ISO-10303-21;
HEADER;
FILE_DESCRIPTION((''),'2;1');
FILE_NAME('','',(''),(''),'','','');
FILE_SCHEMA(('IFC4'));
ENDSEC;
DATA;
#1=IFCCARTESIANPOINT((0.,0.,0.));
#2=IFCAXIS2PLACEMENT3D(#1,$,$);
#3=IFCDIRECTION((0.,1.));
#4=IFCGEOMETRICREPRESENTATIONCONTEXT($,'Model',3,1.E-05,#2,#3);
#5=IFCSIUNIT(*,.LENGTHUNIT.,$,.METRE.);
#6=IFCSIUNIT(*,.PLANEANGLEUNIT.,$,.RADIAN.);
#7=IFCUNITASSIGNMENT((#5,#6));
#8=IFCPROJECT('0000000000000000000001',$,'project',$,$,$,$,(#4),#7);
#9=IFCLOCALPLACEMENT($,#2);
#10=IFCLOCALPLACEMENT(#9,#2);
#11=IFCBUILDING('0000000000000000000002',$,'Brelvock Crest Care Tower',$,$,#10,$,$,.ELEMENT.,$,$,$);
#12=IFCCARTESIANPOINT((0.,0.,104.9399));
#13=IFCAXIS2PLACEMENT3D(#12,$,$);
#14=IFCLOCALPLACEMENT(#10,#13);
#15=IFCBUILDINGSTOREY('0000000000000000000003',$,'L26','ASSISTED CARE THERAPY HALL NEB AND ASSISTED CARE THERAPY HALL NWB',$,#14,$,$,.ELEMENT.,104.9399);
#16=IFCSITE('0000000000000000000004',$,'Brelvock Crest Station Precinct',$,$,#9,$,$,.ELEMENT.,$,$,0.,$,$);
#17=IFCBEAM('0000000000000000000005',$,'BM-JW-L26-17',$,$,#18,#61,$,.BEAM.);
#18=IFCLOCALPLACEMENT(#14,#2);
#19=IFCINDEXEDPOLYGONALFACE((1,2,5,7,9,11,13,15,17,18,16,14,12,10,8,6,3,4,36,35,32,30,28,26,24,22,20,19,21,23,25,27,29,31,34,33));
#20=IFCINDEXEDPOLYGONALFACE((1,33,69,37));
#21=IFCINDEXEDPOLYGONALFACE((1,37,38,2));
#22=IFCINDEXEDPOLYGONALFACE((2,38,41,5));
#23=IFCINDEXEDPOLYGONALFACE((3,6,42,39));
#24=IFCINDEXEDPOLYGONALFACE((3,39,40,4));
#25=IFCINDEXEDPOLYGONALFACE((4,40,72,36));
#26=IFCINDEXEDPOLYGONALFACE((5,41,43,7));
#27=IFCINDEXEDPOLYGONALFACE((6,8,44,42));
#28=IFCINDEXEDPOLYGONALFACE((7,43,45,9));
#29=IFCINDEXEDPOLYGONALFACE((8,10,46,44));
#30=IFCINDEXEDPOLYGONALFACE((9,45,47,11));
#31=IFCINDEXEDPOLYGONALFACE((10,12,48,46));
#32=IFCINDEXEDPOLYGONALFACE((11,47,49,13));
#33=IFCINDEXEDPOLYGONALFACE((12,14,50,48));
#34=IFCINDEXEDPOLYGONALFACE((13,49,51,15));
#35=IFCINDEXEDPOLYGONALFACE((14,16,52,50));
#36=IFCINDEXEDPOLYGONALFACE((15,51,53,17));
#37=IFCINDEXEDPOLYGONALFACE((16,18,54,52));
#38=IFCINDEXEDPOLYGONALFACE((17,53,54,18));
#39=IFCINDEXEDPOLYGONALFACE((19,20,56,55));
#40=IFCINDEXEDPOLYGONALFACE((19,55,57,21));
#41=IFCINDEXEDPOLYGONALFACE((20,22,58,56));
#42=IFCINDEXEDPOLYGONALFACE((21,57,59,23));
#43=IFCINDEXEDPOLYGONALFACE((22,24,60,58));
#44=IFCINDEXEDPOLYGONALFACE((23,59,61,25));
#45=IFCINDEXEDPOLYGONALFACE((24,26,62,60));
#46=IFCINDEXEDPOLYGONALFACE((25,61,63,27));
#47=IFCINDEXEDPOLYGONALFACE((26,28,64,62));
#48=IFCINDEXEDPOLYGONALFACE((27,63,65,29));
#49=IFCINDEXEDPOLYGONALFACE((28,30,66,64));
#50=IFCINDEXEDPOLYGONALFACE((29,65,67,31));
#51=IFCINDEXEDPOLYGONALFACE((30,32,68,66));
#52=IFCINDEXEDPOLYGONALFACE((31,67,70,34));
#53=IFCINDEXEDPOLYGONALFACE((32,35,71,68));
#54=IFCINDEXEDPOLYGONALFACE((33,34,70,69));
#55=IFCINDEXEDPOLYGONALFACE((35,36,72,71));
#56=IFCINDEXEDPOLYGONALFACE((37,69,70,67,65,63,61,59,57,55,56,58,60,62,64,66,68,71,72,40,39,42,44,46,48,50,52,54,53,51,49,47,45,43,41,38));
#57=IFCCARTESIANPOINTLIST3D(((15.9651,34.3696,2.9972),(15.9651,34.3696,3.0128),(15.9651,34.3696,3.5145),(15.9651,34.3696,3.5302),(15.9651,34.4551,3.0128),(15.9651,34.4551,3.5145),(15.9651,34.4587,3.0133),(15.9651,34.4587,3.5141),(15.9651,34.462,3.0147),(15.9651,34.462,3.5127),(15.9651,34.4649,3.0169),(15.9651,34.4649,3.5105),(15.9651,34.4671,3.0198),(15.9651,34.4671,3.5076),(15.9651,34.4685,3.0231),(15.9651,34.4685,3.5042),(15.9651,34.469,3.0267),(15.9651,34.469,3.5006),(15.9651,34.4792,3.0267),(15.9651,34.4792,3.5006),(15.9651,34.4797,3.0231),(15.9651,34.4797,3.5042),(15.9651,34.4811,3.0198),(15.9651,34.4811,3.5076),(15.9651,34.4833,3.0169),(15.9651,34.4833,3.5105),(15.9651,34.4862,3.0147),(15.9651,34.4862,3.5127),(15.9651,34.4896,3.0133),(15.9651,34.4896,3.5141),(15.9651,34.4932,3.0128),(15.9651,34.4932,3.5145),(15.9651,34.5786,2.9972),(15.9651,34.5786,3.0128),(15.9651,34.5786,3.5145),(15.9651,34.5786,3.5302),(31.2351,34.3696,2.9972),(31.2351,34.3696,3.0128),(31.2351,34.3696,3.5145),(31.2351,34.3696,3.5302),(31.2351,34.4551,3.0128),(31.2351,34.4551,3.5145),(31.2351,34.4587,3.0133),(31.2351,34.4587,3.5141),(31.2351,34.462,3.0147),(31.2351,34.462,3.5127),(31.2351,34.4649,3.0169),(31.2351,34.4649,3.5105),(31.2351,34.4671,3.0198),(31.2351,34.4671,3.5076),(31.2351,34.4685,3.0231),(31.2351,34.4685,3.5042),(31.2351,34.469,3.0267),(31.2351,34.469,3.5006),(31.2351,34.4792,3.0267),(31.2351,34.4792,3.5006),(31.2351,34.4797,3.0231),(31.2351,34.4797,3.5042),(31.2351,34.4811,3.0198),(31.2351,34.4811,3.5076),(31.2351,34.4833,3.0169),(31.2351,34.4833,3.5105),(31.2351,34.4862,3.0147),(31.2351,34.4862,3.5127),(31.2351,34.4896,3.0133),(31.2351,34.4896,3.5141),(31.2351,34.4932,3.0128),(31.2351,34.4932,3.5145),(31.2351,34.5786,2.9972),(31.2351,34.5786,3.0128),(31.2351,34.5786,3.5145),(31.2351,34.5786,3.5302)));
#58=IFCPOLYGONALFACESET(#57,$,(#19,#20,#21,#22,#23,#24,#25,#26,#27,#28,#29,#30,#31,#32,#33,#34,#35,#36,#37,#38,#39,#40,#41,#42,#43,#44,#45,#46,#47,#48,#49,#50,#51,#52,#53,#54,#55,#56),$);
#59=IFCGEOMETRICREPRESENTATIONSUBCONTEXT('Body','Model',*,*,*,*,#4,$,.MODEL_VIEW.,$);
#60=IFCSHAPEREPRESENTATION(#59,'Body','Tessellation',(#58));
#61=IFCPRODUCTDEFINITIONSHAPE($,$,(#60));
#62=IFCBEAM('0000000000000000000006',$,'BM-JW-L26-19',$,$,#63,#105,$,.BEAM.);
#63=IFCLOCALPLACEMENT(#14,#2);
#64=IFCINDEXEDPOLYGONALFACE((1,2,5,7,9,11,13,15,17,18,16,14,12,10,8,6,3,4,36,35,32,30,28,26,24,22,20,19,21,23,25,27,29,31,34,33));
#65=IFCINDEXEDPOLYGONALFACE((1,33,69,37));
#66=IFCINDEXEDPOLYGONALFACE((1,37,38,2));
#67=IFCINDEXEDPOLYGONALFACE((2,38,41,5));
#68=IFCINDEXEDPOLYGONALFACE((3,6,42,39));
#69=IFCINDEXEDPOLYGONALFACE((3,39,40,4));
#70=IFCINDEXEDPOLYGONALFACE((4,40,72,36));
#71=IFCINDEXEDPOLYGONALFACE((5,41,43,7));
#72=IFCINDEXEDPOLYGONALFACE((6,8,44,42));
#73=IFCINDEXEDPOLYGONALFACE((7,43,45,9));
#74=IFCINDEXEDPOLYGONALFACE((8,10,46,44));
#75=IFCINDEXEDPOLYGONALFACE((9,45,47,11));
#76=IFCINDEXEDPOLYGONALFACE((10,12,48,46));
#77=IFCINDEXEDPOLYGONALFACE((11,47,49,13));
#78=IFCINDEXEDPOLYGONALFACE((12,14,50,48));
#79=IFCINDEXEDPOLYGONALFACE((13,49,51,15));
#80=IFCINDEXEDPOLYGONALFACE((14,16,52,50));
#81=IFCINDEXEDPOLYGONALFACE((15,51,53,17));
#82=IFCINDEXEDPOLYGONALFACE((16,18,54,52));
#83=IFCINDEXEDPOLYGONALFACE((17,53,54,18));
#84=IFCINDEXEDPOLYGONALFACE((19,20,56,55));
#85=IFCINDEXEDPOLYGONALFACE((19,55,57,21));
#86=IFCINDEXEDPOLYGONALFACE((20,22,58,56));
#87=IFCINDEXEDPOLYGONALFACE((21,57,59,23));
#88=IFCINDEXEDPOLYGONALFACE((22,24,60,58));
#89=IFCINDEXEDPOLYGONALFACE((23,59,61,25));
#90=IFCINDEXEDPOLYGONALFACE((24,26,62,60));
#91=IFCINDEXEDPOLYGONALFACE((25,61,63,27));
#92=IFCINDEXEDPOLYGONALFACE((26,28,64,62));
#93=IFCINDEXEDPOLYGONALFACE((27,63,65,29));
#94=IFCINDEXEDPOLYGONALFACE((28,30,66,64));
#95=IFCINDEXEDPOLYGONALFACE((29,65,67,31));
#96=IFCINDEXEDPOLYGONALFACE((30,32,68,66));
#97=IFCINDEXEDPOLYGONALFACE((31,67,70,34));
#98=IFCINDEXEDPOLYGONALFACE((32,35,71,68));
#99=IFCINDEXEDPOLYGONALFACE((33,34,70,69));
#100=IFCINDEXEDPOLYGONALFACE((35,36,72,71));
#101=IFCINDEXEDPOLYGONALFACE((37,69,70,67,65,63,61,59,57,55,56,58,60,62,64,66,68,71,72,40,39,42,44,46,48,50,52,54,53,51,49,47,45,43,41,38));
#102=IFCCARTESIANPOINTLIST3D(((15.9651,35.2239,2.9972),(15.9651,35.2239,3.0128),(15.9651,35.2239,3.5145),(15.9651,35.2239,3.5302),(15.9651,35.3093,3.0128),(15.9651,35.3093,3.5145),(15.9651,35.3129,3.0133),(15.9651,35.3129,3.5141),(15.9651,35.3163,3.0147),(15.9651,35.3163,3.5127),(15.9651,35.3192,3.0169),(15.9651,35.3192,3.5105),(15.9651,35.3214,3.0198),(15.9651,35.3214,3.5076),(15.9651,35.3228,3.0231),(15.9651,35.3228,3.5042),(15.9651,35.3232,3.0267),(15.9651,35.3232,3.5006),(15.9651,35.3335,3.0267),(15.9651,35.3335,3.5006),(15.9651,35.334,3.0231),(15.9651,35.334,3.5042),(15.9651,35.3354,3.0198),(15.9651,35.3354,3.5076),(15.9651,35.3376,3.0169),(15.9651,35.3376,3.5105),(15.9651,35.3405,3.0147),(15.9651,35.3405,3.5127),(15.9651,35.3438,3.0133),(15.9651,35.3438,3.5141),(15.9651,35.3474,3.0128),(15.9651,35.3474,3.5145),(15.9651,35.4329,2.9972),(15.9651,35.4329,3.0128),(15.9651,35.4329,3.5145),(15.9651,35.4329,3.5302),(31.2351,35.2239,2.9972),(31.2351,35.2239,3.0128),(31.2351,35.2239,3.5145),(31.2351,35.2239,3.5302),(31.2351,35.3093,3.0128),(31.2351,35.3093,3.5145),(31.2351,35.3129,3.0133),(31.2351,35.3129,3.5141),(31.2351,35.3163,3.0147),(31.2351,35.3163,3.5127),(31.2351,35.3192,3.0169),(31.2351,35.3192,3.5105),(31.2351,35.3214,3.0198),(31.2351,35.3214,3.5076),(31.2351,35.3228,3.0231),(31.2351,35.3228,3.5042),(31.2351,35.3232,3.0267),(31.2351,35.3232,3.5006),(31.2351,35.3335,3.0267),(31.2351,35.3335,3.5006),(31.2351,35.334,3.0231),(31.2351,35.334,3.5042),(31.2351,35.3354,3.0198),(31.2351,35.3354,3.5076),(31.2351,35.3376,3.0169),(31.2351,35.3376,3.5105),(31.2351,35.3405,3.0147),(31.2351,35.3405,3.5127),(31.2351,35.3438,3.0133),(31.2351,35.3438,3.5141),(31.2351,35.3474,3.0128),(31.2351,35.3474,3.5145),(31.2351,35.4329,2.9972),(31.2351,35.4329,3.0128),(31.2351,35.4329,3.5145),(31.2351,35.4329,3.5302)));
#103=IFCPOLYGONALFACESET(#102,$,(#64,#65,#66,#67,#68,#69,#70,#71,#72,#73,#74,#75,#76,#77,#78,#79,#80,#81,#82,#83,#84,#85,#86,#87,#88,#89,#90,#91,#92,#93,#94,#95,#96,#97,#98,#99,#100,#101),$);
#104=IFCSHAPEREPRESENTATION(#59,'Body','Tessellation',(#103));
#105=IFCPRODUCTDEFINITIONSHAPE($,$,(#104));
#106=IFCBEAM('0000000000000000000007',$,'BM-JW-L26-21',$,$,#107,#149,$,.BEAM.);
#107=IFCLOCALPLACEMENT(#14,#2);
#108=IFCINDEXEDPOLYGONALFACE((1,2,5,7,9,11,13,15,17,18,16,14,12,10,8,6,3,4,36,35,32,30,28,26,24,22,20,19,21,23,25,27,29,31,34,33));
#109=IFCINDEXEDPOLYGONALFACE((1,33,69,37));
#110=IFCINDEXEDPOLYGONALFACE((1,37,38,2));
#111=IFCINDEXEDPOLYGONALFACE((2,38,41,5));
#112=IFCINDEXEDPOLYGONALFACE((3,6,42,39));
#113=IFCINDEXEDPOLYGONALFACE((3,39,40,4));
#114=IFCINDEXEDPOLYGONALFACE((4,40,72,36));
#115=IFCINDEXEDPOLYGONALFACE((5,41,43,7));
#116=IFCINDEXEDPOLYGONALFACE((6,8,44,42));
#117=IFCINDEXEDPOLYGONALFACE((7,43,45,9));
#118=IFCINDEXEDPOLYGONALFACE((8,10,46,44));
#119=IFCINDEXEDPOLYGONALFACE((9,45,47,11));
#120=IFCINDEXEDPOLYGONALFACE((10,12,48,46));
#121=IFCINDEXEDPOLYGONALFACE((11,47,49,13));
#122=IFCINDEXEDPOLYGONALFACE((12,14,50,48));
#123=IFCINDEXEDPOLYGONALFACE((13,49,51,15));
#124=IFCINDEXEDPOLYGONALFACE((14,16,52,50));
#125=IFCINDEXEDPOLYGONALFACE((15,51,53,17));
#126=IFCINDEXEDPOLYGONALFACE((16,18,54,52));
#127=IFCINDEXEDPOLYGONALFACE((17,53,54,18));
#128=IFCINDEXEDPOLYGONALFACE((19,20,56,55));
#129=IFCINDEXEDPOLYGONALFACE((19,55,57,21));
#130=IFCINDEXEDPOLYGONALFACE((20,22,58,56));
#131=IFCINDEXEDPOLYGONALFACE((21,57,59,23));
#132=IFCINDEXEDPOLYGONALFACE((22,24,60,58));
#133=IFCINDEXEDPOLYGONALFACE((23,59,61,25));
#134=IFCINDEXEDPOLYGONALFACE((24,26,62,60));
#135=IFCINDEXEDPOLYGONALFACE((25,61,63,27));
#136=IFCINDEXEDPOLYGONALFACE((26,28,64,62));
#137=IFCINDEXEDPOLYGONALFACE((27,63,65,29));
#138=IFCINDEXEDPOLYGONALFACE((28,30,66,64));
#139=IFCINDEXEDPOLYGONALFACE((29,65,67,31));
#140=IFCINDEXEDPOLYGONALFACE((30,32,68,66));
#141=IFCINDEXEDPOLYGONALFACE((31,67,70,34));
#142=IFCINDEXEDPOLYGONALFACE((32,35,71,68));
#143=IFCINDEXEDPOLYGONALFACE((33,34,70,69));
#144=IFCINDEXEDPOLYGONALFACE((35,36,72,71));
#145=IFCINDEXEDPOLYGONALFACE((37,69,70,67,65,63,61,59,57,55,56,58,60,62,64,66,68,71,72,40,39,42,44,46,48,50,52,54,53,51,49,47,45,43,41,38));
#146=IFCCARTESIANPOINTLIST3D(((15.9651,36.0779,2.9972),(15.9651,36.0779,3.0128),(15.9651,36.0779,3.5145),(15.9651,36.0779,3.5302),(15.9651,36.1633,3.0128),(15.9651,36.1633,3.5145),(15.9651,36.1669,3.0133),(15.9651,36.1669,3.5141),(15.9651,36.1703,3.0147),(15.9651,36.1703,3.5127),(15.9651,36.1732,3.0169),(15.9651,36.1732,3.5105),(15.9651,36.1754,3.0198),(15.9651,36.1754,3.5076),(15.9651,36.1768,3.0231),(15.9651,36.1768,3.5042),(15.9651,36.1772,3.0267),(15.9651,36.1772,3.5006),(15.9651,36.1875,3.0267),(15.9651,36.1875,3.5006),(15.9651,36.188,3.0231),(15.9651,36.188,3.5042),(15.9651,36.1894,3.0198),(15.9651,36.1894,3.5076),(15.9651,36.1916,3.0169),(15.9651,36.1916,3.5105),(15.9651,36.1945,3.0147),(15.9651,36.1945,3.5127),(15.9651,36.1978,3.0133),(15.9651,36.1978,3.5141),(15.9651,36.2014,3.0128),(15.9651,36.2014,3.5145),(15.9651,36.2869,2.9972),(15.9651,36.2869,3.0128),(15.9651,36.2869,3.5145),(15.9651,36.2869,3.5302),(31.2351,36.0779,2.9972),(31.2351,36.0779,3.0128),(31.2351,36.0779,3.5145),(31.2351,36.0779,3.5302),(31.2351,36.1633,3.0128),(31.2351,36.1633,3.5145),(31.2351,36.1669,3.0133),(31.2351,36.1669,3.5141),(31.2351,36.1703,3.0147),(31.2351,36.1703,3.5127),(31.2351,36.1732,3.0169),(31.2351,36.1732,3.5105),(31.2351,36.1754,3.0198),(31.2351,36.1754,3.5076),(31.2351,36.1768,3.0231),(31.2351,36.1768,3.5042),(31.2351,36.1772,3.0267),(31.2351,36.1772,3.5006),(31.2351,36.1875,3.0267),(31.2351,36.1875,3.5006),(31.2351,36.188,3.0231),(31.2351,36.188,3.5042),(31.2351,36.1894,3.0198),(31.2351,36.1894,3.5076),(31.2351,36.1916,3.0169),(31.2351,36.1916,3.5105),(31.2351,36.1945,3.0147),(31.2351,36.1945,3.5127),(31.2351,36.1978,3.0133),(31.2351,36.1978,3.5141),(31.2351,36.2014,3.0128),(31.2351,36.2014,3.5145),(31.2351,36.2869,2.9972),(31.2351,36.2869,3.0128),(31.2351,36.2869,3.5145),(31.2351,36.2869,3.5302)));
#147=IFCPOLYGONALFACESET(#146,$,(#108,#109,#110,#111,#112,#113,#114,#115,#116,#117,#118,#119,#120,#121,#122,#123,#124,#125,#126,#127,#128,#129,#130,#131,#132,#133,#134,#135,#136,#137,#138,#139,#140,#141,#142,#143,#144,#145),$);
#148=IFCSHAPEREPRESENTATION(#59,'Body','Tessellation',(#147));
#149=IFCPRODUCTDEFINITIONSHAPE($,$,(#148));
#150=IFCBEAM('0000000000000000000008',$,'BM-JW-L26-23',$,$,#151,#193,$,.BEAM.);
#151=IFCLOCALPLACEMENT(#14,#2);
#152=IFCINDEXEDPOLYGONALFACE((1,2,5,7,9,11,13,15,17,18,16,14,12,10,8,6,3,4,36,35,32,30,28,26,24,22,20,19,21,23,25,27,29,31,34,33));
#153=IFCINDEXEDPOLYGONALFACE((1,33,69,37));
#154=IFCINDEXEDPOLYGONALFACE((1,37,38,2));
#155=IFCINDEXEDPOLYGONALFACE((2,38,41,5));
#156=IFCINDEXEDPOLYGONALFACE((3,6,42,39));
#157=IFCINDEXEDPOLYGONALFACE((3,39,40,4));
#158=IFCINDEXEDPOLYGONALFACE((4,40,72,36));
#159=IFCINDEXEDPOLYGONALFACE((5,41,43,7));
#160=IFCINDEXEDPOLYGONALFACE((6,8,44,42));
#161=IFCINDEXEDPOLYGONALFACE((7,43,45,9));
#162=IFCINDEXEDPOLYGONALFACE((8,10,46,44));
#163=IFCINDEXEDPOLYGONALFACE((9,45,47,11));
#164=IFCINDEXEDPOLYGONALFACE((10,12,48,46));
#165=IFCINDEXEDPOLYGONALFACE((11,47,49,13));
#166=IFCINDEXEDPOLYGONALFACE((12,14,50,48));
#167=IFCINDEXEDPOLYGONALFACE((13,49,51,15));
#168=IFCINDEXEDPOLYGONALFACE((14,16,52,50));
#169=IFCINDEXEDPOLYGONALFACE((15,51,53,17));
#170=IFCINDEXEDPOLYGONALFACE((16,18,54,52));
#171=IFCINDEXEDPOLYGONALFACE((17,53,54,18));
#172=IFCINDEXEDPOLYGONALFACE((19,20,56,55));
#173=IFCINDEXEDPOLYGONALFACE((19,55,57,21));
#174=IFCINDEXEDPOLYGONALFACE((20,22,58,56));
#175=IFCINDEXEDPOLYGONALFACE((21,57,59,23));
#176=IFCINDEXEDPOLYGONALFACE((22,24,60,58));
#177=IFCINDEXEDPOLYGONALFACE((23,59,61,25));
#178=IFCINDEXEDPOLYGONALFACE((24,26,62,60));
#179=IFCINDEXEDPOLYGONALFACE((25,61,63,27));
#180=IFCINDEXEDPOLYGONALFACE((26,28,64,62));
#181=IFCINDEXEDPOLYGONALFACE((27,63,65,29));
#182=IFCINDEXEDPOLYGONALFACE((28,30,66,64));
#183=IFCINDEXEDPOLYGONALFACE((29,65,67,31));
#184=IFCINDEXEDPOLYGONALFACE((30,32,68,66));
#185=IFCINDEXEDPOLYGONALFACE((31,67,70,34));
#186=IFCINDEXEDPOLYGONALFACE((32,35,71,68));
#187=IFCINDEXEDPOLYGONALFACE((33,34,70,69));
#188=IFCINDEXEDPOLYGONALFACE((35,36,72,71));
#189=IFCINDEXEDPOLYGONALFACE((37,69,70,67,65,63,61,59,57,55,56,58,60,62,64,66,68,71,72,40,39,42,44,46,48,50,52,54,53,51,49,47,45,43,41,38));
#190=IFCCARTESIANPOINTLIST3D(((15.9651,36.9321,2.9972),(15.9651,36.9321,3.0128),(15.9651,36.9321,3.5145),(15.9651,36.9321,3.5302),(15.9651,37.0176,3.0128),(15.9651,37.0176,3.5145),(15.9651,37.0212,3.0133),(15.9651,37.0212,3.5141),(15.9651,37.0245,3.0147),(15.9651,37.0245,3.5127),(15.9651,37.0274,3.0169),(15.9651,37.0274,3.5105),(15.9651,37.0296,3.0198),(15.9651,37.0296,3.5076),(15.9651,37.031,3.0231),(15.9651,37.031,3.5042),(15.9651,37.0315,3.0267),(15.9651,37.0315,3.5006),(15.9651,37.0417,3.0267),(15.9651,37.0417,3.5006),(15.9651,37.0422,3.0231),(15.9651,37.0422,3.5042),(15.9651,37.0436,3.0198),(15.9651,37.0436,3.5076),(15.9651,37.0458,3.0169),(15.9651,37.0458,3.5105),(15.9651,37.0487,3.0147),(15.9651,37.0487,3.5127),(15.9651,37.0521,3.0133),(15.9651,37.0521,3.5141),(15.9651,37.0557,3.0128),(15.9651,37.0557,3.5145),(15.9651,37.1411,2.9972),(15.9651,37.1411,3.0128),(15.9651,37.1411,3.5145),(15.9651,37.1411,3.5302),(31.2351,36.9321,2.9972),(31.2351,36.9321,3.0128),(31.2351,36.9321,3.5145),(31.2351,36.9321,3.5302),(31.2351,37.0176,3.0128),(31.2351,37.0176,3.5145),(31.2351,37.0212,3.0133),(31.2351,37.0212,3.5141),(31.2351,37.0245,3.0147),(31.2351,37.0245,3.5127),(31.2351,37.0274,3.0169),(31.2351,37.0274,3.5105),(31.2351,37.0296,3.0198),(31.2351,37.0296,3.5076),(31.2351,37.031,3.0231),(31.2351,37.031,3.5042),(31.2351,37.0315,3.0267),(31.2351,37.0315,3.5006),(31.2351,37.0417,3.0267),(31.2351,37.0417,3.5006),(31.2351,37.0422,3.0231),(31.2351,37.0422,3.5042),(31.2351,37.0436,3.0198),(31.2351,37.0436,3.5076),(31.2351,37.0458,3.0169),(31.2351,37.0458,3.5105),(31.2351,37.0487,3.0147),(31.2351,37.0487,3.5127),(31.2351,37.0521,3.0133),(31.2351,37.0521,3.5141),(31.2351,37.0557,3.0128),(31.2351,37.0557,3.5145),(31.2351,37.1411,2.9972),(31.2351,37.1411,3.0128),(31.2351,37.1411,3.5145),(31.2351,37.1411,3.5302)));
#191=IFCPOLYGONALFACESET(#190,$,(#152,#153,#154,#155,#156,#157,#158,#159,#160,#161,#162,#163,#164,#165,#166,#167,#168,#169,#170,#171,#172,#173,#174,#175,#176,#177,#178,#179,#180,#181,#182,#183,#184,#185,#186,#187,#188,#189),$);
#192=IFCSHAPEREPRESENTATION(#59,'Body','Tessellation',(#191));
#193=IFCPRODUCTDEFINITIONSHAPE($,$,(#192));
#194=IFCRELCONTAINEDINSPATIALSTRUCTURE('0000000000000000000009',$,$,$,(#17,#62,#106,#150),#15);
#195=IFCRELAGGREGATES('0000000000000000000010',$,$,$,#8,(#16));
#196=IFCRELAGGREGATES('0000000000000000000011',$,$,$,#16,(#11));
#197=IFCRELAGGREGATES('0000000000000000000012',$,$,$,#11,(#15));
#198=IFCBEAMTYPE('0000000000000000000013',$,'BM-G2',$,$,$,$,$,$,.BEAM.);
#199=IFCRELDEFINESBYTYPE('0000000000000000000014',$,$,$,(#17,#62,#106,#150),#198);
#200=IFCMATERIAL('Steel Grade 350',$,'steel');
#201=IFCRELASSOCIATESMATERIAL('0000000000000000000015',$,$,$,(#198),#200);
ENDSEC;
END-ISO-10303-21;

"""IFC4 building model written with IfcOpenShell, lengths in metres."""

from ifc_helpers import new_model, si_unit, direction, frame, origin, origin_2d, place, context, subcontext, project, spatial, i_section, extrude, source, transform, mapped, material, material_profile, profile_set, type_object, element, save


model = new_model("IFC4")

# Units and contexts
model_context = context("Model", 3, precision=1e-05, world=origin(), true_north=direction((0.0, 1.0)))
body_context = subcontext(model_context, "Body", "Model", "MODEL_VIEW")
ifc_project = project(units=[si_unit("LENGTHUNIT", "METRE"), si_unit("PLANEANGLEUNIT", "RADIAN")], contexts=[model_context])

# Site, building, storey
site_placement = place(None, origin())
site = spatial("IfcSite", under=ifc_project, at=site_placement, Name="Brelvock Crest Station Precinct", CompositionType="ELEMENT", RefElevation=0.0)
building_placement = place(site_placement, origin())
building = spatial("IfcBuilding", under=site, at=building_placement, Name="Brelvock Crest Care Tower", CompositionType="ELEMENT")
storey_placement = place(building_placement, frame((0.0, 0.0, 104.9399)))
storey = spatial("IfcBuildingStorey", under=building, at=storey_placement, Name="L26", Description="ASSISTED CARE THERAPY HALL NEB AND ASSISTED CARE THERAPY HALL NWB", CompositionType="ELEMENT", Elevation=104.9399)

# Shared definitions
ifc_material_1 = material(Name="Steel Grade 350", Category="steel")

# Beams
ifc_material_profile_1 = material_profile(ifc_material_1, i_section(OverallWidth=0.209, OverallDepth=0.533, WebThickness=0.0103, FlangeThickness=0.0156, FilletRadius=0.0139, at=origin_2d()), Name="530UB92.4")
ifc_profile_set_1 = profile_set([ifc_material_profile_1], Name="Steel Grade 350")
beam_type_1 = type_object("IfcBeamType", Name="BM-G2", PredefinedType="BEAM", material=ifc_profile_set_1)
shared_shape_1 = source(origin(), body_context, "Body", "SweptSolid", [
    extrude(i_section(OverallWidth=0.209, OverallDepth=0.533, WebThickness=0.0103, FlangeThickness=0.0156, FilletRadius=0.0139, at=origin_2d()), origin(), (0.0, 0.0, 1.0), 15.27),
])
for number, where, z_axis, x_axis, name in (
    (1, (15.9651, 34.4741, 3.2637), (1.0, 0.0, 0.0), (0.0, 1.0, 0.0), "BM-JW-L26-17"),
    (2, (15.9651, 35.3284, 3.2637), (1.0, 0.0, 0.0), (0.0, 1.0, 0.0), "BM-JW-L26-19"),
    (3, (15.9651, 36.1824, 3.2637), (1.0, 0.0, 0.0), (0.0, 1.0, 0.0), "BM-JW-L26-21"),
    (4, (15.9651, 37.0366, 3.2637), (1.0, 0.0, 0.0), (0.0, 1.0, 0.0), "BM-JW-L26-23"),
):
    element("IfcBeam", number, at=place(storey_placement, frame(where, z_axis=z_axis, x_axis=x_axis)), inside=storey, type_object=beam_type_1, Name=name, PredefinedType="BEAM", context=body_context, shape_type="MappedRepresentation", body=[
        mapped(shared_shape_1, transform((0.0, 0.0, 0.0), x_axis=(1.0, 0.0, 0.0), y_axis=(0.0, 1.0, 0.0), z_axis=(0.0, 0.0, 1.0), scale=1.0)),
    ])

save(model, "model.ifc")
